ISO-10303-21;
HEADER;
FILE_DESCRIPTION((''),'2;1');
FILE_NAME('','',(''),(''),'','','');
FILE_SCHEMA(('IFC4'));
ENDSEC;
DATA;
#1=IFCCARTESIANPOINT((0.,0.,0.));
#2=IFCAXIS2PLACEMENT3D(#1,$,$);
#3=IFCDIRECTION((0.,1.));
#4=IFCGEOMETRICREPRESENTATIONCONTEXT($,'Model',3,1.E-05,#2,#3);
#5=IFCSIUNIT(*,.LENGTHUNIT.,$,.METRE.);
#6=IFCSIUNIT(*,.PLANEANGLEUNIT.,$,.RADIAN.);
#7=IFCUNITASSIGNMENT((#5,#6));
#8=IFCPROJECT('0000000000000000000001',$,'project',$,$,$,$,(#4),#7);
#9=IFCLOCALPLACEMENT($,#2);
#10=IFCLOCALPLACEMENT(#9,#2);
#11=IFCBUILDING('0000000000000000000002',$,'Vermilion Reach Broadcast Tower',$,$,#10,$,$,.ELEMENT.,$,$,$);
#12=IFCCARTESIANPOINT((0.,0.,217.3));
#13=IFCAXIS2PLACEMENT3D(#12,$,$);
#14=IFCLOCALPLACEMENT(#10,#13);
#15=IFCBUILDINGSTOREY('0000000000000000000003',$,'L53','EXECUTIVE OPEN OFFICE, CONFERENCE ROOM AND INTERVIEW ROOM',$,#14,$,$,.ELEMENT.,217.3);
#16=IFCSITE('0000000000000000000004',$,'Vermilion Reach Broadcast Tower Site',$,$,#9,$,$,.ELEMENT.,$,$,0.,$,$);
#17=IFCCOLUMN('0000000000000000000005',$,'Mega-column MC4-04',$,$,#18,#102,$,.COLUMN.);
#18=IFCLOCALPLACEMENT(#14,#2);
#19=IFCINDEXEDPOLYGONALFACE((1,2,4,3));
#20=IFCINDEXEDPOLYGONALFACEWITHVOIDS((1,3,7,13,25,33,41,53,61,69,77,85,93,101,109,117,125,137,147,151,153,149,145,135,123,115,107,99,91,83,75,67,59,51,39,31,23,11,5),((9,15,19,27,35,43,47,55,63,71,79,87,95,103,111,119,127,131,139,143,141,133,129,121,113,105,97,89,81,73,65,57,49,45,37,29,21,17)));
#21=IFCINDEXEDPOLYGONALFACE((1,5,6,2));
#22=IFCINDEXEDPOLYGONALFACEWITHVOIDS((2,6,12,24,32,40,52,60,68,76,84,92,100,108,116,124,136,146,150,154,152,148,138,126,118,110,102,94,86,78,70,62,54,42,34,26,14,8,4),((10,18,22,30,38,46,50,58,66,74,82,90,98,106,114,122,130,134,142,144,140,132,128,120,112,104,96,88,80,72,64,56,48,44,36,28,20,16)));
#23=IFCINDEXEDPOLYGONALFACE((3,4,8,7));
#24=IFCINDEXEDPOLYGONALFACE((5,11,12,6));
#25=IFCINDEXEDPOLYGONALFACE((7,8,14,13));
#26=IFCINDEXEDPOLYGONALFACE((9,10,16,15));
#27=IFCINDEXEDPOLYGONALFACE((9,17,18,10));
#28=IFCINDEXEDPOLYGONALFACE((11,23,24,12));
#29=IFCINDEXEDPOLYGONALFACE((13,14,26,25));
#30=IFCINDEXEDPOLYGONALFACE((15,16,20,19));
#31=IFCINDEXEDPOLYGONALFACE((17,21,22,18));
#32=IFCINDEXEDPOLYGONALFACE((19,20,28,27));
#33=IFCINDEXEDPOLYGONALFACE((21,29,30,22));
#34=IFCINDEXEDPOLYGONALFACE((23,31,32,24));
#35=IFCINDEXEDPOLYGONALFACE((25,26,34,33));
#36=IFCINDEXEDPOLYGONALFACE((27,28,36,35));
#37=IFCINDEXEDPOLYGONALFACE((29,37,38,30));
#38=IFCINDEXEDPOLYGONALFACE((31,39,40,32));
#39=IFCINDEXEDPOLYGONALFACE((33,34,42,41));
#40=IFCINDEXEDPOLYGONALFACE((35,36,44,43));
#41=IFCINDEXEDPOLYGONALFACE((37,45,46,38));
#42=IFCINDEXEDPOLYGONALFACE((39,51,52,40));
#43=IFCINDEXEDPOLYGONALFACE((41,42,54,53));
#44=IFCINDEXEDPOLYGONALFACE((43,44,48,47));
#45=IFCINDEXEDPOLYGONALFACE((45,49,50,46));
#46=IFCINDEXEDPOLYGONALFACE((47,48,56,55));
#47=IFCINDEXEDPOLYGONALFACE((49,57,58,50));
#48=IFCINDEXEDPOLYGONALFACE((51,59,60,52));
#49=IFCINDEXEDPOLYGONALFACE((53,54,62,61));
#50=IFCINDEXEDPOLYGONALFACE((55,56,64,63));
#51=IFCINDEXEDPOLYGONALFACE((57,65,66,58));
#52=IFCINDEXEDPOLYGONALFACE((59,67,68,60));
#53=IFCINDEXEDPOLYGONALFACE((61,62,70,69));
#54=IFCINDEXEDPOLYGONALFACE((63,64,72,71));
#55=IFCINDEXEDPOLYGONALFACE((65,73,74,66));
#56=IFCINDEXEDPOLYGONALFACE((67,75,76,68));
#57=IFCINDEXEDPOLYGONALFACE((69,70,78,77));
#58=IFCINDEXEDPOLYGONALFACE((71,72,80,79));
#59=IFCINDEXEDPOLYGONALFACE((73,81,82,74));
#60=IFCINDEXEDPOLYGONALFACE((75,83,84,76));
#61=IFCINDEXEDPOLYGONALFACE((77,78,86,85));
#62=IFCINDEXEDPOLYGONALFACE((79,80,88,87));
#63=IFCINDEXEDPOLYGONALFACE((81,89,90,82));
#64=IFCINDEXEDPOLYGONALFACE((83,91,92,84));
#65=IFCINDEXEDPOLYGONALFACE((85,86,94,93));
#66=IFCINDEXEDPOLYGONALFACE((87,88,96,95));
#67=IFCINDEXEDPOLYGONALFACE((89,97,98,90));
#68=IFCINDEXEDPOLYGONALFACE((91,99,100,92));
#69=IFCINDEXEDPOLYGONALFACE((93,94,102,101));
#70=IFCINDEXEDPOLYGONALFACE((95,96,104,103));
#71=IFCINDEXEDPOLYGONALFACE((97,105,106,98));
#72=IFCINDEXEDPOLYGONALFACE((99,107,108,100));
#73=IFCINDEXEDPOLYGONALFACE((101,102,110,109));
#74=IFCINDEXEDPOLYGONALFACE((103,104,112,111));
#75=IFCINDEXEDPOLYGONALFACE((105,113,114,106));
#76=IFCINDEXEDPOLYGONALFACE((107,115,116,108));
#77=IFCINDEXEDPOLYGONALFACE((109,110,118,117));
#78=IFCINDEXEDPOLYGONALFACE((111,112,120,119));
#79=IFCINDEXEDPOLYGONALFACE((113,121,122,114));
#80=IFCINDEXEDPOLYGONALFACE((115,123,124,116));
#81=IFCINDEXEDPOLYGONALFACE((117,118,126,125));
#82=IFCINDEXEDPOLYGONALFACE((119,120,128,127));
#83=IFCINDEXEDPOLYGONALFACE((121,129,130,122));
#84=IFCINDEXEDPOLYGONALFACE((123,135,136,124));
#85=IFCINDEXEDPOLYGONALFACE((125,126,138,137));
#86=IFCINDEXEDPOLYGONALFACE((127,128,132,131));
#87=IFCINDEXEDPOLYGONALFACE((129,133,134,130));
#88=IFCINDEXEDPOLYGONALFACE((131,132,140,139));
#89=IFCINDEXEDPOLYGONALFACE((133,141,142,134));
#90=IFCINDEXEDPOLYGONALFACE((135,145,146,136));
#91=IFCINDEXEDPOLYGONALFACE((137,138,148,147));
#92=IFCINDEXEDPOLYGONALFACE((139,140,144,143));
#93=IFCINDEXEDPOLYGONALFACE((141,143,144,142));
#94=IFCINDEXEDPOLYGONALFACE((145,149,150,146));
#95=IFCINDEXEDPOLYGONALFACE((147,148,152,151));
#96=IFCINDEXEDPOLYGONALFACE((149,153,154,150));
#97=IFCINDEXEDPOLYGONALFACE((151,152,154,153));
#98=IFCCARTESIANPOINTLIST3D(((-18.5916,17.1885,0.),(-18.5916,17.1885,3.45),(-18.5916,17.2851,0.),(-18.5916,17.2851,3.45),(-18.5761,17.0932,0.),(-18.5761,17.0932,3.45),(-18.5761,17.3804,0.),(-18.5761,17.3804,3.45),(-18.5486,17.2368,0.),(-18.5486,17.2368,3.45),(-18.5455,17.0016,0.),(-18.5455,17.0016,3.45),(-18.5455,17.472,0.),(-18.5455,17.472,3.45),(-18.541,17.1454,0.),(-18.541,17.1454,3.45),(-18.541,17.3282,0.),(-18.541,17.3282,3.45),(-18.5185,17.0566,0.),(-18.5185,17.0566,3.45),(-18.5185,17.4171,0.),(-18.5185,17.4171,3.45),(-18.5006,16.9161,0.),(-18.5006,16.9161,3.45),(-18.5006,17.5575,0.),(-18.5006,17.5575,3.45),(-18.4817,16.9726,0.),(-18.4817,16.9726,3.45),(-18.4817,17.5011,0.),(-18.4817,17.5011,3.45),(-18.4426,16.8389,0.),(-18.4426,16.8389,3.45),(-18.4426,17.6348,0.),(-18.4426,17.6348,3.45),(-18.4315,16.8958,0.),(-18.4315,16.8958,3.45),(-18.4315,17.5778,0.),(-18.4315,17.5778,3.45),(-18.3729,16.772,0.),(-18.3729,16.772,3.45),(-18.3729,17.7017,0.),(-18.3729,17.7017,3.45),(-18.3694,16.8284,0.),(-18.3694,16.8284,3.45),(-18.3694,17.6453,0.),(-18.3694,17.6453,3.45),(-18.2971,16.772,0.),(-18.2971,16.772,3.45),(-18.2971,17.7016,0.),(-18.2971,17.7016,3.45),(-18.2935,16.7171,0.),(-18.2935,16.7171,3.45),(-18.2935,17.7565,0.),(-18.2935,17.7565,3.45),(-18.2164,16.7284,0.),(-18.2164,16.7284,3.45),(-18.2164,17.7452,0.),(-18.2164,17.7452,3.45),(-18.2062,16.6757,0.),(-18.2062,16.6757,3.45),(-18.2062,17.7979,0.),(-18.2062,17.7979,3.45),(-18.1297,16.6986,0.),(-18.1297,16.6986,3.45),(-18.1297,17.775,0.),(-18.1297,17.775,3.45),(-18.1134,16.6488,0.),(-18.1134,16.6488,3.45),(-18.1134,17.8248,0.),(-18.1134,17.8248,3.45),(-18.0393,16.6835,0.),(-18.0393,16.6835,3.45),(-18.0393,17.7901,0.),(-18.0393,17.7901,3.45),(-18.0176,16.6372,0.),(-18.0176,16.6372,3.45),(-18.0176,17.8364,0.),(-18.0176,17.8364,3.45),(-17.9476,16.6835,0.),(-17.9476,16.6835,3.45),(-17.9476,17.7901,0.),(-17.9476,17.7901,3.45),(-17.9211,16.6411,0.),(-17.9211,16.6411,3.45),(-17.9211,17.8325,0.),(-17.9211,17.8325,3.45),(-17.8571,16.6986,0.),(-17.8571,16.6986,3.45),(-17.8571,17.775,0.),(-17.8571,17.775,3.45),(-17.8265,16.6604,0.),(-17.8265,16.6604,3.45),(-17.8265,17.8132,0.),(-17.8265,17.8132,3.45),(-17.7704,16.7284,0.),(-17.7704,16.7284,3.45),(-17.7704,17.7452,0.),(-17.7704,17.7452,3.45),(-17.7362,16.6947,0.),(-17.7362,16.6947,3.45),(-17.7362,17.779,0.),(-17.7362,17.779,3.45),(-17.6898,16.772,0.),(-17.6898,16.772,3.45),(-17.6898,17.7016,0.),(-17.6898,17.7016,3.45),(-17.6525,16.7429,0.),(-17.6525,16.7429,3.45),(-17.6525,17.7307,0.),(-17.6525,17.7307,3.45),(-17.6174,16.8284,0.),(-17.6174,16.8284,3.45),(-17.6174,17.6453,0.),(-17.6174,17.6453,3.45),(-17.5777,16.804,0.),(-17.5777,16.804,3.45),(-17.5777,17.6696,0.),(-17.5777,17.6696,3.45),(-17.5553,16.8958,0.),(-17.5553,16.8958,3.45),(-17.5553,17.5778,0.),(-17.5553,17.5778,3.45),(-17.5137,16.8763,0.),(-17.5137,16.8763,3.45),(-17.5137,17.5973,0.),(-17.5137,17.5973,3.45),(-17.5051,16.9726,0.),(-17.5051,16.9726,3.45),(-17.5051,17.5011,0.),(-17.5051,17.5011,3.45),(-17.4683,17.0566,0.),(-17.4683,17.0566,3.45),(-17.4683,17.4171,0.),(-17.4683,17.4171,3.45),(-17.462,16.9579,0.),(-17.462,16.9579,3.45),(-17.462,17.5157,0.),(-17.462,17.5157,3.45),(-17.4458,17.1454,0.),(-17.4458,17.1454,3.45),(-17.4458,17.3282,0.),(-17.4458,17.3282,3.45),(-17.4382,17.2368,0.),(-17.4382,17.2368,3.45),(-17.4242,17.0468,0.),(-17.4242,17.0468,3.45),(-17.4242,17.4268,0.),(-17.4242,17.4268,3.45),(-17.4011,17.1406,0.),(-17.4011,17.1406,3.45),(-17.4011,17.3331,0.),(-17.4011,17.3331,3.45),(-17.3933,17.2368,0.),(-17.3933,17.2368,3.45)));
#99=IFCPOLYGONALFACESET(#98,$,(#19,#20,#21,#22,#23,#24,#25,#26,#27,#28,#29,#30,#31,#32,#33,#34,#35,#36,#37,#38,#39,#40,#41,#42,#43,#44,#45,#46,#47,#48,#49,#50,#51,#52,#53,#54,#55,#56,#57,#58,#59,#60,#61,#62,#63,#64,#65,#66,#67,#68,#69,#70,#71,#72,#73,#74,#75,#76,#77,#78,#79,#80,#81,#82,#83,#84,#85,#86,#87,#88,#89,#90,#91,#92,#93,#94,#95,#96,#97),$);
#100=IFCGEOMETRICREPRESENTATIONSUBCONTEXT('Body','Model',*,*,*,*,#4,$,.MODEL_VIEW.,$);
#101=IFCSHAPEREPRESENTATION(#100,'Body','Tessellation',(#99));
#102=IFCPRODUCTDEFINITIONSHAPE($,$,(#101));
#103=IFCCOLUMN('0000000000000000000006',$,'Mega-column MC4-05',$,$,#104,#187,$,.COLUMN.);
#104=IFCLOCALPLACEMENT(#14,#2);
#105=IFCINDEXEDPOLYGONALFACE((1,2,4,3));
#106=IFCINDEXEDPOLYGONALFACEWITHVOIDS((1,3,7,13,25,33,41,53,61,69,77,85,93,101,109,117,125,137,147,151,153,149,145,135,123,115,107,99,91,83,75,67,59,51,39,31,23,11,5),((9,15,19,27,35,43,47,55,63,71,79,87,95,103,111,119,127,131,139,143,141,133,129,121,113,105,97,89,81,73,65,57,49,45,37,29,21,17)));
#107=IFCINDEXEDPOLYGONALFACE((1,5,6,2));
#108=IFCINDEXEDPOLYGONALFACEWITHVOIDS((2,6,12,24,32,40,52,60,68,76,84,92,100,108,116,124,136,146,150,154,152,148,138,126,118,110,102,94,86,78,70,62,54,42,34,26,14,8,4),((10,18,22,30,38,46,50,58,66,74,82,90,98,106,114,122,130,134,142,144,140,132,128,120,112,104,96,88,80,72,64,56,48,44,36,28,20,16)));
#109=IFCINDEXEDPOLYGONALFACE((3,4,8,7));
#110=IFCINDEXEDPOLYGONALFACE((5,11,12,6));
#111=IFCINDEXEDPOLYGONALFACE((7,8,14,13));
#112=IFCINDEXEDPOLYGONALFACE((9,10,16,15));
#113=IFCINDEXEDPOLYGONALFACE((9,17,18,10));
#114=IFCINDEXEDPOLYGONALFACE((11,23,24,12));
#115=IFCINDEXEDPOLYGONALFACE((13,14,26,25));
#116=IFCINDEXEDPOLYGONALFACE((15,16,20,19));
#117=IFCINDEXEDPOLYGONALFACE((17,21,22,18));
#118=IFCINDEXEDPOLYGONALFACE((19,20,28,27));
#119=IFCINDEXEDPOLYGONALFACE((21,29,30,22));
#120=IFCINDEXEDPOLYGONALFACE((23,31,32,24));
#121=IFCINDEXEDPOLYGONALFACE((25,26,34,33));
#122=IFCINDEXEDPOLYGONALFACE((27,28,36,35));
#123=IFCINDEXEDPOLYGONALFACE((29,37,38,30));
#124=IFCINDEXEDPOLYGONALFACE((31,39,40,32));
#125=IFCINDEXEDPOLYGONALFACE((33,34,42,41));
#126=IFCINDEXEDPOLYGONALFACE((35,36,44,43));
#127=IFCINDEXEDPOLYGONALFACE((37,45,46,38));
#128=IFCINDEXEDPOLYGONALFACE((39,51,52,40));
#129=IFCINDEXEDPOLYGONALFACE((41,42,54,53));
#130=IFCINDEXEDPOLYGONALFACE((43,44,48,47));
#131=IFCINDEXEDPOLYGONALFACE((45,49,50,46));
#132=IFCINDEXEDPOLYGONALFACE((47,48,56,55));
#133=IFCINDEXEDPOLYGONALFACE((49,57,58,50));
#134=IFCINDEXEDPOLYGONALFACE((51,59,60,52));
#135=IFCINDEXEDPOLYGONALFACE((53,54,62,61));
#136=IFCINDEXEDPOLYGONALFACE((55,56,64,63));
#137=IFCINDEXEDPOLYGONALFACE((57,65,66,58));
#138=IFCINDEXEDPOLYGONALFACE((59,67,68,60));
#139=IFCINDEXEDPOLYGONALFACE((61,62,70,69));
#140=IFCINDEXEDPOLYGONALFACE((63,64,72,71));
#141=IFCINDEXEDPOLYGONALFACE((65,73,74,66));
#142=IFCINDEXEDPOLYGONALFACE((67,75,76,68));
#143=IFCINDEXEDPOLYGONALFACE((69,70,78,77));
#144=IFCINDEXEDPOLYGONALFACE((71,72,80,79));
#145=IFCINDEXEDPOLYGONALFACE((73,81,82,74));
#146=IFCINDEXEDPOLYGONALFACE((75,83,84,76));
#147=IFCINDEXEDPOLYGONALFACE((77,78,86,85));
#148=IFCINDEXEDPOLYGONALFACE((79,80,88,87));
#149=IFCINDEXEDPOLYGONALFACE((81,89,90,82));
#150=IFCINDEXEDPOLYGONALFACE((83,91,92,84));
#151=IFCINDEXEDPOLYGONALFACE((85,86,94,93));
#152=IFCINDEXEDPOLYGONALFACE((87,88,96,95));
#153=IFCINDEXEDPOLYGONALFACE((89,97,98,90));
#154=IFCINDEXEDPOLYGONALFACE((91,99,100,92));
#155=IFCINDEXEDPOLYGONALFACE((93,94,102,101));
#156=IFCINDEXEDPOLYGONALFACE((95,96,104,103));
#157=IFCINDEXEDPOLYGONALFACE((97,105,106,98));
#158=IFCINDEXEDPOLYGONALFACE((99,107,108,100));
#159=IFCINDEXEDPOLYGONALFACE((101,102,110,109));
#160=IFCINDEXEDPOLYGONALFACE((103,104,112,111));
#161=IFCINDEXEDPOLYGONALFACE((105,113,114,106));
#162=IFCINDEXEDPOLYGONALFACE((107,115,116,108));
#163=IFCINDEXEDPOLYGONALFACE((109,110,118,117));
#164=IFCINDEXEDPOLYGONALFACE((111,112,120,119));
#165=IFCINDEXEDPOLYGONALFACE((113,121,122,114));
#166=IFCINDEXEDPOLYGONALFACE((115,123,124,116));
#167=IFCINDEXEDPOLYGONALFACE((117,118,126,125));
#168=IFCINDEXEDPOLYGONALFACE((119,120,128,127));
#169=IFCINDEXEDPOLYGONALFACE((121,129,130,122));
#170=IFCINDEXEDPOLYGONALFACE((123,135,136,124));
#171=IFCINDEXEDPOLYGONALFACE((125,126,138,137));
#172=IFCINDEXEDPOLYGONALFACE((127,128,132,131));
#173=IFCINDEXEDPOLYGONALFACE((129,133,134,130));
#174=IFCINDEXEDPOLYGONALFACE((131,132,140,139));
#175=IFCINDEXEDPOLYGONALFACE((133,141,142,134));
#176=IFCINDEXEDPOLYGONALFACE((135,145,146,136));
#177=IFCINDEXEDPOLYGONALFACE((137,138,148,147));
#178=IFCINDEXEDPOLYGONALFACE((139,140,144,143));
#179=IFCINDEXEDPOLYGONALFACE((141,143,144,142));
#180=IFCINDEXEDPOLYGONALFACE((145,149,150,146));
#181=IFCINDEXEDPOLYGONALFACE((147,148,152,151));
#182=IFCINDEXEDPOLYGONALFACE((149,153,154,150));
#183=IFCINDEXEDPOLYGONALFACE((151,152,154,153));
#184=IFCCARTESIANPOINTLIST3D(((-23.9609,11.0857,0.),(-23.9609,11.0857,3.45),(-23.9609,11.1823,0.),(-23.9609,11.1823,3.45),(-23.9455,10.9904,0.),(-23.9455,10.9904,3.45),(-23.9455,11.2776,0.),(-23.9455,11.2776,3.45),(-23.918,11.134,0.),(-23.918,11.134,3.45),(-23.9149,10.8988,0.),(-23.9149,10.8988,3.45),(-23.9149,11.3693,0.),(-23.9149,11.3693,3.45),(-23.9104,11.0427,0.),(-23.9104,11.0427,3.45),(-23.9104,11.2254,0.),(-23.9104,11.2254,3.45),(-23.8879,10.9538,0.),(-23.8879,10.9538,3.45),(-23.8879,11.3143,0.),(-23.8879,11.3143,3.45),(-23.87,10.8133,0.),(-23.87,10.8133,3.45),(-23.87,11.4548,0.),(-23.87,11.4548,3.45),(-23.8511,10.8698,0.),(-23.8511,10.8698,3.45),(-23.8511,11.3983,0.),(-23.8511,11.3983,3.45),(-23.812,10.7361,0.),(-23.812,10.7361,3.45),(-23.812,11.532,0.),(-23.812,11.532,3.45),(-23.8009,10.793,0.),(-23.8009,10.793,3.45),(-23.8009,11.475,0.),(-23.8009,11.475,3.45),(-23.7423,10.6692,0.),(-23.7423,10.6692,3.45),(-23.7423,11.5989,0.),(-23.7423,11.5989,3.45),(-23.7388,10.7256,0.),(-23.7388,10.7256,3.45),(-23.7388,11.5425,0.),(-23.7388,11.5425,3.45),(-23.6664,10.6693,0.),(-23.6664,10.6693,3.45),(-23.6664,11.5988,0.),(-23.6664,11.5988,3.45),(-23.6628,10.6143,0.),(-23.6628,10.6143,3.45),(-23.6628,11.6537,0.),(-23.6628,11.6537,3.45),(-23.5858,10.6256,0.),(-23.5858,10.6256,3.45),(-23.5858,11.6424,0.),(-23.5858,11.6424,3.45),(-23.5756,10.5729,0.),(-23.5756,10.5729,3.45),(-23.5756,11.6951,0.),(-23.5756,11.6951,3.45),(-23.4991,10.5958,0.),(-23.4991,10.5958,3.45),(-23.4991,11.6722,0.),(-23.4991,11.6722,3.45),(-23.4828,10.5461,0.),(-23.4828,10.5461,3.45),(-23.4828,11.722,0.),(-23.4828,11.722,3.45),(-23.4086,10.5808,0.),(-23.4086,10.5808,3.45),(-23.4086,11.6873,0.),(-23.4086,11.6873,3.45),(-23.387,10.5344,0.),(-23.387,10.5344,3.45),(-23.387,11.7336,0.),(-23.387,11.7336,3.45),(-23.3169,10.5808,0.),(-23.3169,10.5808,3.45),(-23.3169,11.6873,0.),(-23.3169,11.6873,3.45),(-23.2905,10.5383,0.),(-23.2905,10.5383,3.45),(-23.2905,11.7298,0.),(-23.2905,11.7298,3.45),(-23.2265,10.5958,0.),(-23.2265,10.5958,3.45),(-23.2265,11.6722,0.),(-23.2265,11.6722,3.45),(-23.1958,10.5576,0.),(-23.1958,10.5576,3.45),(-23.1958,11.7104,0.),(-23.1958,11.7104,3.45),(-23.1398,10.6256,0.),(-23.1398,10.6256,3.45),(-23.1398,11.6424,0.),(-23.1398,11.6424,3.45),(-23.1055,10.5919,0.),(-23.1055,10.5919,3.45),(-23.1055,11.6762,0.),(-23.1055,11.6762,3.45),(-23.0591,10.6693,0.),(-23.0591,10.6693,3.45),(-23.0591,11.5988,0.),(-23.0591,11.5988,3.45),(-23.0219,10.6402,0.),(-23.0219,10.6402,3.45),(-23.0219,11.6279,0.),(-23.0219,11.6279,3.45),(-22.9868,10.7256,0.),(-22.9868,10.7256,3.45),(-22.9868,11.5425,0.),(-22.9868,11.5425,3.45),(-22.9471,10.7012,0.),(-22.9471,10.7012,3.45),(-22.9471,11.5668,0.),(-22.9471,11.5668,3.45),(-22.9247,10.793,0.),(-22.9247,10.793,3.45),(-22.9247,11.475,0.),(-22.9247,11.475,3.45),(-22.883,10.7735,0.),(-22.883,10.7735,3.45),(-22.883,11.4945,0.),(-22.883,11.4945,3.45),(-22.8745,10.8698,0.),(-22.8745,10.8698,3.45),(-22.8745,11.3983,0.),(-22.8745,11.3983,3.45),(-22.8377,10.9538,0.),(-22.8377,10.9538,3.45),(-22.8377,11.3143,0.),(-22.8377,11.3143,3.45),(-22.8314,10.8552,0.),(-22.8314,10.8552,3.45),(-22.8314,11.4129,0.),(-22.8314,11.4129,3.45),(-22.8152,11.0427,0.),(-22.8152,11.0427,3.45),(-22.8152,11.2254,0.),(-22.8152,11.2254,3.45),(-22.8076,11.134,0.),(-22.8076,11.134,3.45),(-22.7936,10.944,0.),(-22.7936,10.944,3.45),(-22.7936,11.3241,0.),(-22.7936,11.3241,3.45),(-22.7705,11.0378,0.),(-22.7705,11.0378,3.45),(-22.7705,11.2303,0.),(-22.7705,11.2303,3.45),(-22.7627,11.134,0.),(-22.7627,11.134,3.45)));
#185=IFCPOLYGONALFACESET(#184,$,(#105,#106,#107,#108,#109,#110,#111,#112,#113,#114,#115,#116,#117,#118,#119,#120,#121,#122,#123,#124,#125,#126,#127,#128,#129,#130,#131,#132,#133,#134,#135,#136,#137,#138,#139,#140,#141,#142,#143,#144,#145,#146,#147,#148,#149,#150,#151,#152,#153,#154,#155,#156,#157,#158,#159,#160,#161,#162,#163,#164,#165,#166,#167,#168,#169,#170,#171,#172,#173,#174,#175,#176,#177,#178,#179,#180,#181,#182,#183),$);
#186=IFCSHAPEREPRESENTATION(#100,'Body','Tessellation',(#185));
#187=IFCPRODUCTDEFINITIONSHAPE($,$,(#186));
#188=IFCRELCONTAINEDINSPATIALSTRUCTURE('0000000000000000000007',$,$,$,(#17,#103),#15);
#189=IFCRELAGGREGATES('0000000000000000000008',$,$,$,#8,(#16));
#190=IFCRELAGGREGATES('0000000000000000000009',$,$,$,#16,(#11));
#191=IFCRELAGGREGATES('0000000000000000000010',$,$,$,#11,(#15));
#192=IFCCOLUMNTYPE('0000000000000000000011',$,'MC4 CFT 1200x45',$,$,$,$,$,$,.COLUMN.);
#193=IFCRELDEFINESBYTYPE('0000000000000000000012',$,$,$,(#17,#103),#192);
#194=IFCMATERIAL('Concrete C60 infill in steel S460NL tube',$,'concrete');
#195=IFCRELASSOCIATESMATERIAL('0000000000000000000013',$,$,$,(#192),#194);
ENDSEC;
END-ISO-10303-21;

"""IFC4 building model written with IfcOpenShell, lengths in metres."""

from ifc_helpers import new_model, si_unit, direction, frame, origin, origin_2d, place, context, subcontext, project, spatial, hollow_circle, extrude, material, material_profile, profile_set, type_object, element, save


model = new_model("IFC4")

# Units and contexts
model_context = context("Model", 3, precision=1e-05, world=origin(), true_north=direction((0.0, 1.0)))
body_context = subcontext(model_context, "Body", "Model", "MODEL_VIEW")
ifc_project = project(units=[si_unit("LENGTHUNIT", "METRE"), si_unit("PLANEANGLEUNIT", "RADIAN")], contexts=[model_context])

# Site, building, storey
site_placement = place(None, origin())
site = spatial("IfcSite", under=ifc_project, at=site_placement, Name="Vermilion Reach Broadcast Tower Site", CompositionType="ELEMENT", RefElevation=0.0)
building_placement = place(site_placement, origin())
building = spatial("IfcBuilding", under=site, at=building_placement, Name="Vermilion Reach Broadcast Tower", CompositionType="ELEMENT")
storey_placement = place(building_placement, frame((0.0, 0.0, 217.3)))
storey = spatial("IfcBuildingStorey", under=building, at=storey_placement, Name="L53", Description="EXECUTIVE OPEN OFFICE, CONFERENCE ROOM AND INTERVIEW ROOM", CompositionType="ELEMENT", Elevation=217.3)

# Columns
ifc_material_1 = material(Name="Concrete C60 infill in steel S460NL tube", Category="concrete")
ifc_material_profile_1 = material_profile(ifc_material_1, hollow_circle(Radius=0.6001, WallThickness=0.0449, at=origin_2d()), Name="Concrete C60 infill in steel S460NL tube CFT 1200x45")
ifc_profile_set_1 = profile_set([ifc_material_profile_1], Name="Concrete C60 infill in steel S460NL tube")
column_type = type_object("IfcColumnType", Name="MC4 CFT 1200x45", PredefinedType="COLUMN", material=ifc_profile_set_1)
for number, where, z_axis, x_axis, name in (
    (1, (-17.9934, 17.2368, 0.0), (0.0, 0.0, 1.0), (1.0, 0.0, 0.0), "Mega-column MC4-04"),
    (2, (-23.3628, 11.134, 0.0), (0.0, 0.0, 1.0), (1.0, 0.0, 0.0), "Mega-column MC4-05"),
):
    element("IfcColumn", number, at=place(storey_placement, frame(where, z_axis=z_axis, x_axis=x_axis)), inside=storey, type_object=column_type, Name=name, PredefinedType="COLUMN", context=body_context, shape_type="SweptSolid", body=[
        extrude(hollow_circle(Radius=0.6001, WallThickness=0.0449, at=origin_2d()), origin(), (0.0, 0.0, 1.0), 3.45),
    ])

save(model, "model.ifc")
